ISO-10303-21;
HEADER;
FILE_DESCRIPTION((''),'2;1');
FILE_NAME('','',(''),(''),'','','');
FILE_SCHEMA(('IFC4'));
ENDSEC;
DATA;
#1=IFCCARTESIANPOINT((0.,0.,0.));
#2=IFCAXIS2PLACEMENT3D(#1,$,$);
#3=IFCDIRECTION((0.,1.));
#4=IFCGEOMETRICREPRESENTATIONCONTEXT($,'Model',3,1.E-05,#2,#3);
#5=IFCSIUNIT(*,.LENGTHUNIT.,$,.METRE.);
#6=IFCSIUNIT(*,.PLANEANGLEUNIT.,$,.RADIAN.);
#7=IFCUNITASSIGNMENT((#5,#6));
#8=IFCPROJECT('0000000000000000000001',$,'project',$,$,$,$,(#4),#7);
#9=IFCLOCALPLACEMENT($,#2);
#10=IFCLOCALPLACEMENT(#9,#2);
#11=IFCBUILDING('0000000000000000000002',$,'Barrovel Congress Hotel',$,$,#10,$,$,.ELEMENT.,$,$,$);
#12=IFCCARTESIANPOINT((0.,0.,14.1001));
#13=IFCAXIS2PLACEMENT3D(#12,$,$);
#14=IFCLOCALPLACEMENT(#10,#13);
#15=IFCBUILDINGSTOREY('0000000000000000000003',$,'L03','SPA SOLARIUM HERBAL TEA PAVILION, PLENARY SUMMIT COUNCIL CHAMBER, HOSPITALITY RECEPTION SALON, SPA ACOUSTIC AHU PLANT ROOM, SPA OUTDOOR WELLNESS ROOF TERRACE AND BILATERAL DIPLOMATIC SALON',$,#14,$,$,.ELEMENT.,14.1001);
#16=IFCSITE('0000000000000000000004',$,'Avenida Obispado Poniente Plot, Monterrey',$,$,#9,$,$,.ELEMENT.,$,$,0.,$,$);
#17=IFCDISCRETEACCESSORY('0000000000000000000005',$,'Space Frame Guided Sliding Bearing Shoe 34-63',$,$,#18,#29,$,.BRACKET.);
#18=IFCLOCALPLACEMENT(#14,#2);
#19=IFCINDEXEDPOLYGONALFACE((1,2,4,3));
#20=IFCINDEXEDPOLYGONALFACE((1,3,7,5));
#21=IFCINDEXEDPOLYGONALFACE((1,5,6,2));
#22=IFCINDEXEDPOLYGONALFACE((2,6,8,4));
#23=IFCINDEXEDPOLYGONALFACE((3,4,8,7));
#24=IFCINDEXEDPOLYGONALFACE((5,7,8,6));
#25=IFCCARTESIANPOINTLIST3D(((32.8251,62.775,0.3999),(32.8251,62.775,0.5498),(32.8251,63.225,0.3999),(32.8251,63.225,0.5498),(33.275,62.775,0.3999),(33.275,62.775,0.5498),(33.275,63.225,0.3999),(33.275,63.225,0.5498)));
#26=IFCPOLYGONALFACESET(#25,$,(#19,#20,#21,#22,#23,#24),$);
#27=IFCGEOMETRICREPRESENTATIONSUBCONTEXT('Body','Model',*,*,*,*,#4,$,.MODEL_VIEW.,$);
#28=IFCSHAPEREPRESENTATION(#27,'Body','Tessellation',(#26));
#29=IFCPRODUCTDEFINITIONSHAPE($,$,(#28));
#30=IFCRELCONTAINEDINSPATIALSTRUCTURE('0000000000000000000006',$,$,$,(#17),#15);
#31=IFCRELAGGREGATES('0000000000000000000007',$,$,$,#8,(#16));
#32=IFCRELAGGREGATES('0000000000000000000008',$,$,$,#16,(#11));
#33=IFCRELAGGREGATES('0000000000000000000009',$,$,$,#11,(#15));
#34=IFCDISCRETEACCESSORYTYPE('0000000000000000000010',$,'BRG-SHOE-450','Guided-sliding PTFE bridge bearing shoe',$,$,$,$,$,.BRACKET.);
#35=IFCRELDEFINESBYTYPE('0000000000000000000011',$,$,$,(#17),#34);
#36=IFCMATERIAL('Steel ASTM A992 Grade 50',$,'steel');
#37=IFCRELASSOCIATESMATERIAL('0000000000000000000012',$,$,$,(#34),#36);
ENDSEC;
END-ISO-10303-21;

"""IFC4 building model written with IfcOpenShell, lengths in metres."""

from ifc_helpers import new_model, si_unit, direction, frame, origin, origin_2d, place, context, subcontext, project, spatial, rectangle, extrude, material, type_object, element, save


model = new_model("IFC4")

# Units and contexts
model_context = context("Model", 3, precision=1e-05, world=origin(), true_north=direction((0.0, 1.0)))
body_context = subcontext(model_context, "Body", "Model", "MODEL_VIEW")
ifc_project = project(units=[si_unit("LENGTHUNIT", "METRE"), si_unit("PLANEANGLEUNIT", "RADIAN")], contexts=[model_context])

# Site, building, storey
site_placement = place(None, origin())
site = spatial("IfcSite", under=ifc_project, at=site_placement, Name="Avenida Obispado Poniente Plot, Monterrey", CompositionType="ELEMENT", RefElevation=0.0)
building_placement = place(site_placement, origin())
building = spatial("IfcBuilding", under=site, at=building_placement, Name="Barrovel Congress Hotel", CompositionType="ELEMENT")
storey_placement = place(building_placement, frame((0.0, 0.0, 14.1001)))
storey = spatial("IfcBuildingStorey", under=building, at=storey_placement, Name="L03", Description="SPA SOLARIUM HERBAL TEA PAVILION, PLENARY SUMMIT COUNCIL CHAMBER, HOSPITALITY RECEPTION SALON, SPA ACOUSTIC AHU PLANT ROOM, SPA OUTDOOR WELLNESS ROOF TERRACE AND BILATERAL DIPLOMATIC SALON", CompositionType="ELEMENT", Elevation=14.1001)

# Shared definitions
ifc_material_1 = material(Name="Steel ASTM A992 Grade 50", Category="steel")

# Discrete accessory
discrete_accessory_type = type_object("IfcDiscreteAccessoryType", Name="BRG-SHOE-450", Description="Guided-sliding PTFE bridge bearing shoe", PredefinedType="BRACKET", material=ifc_material_1)
discrete_accessory_placement = place(storey_placement, frame((33.05, 63.0, 0.3999), z_axis=(0.0, 0.0, 1.0), x_axis=(1.0, 0.0, 0.0)))
element("IfcDiscreteAccessory", 1, at=discrete_accessory_placement, inside=storey, type_object=discrete_accessory_type, Name="Space Frame Guided Sliding Bearing Shoe 34-63", PredefinedType="BRACKET", context=body_context, shape_type="SweptSolid", body=[
    extrude(rectangle(XDim=0.45, YDim=0.45, at=origin_2d()), origin(), (0.0, 0.0, 1.0), 0.1499),
])

save(model, "model.ifc")
